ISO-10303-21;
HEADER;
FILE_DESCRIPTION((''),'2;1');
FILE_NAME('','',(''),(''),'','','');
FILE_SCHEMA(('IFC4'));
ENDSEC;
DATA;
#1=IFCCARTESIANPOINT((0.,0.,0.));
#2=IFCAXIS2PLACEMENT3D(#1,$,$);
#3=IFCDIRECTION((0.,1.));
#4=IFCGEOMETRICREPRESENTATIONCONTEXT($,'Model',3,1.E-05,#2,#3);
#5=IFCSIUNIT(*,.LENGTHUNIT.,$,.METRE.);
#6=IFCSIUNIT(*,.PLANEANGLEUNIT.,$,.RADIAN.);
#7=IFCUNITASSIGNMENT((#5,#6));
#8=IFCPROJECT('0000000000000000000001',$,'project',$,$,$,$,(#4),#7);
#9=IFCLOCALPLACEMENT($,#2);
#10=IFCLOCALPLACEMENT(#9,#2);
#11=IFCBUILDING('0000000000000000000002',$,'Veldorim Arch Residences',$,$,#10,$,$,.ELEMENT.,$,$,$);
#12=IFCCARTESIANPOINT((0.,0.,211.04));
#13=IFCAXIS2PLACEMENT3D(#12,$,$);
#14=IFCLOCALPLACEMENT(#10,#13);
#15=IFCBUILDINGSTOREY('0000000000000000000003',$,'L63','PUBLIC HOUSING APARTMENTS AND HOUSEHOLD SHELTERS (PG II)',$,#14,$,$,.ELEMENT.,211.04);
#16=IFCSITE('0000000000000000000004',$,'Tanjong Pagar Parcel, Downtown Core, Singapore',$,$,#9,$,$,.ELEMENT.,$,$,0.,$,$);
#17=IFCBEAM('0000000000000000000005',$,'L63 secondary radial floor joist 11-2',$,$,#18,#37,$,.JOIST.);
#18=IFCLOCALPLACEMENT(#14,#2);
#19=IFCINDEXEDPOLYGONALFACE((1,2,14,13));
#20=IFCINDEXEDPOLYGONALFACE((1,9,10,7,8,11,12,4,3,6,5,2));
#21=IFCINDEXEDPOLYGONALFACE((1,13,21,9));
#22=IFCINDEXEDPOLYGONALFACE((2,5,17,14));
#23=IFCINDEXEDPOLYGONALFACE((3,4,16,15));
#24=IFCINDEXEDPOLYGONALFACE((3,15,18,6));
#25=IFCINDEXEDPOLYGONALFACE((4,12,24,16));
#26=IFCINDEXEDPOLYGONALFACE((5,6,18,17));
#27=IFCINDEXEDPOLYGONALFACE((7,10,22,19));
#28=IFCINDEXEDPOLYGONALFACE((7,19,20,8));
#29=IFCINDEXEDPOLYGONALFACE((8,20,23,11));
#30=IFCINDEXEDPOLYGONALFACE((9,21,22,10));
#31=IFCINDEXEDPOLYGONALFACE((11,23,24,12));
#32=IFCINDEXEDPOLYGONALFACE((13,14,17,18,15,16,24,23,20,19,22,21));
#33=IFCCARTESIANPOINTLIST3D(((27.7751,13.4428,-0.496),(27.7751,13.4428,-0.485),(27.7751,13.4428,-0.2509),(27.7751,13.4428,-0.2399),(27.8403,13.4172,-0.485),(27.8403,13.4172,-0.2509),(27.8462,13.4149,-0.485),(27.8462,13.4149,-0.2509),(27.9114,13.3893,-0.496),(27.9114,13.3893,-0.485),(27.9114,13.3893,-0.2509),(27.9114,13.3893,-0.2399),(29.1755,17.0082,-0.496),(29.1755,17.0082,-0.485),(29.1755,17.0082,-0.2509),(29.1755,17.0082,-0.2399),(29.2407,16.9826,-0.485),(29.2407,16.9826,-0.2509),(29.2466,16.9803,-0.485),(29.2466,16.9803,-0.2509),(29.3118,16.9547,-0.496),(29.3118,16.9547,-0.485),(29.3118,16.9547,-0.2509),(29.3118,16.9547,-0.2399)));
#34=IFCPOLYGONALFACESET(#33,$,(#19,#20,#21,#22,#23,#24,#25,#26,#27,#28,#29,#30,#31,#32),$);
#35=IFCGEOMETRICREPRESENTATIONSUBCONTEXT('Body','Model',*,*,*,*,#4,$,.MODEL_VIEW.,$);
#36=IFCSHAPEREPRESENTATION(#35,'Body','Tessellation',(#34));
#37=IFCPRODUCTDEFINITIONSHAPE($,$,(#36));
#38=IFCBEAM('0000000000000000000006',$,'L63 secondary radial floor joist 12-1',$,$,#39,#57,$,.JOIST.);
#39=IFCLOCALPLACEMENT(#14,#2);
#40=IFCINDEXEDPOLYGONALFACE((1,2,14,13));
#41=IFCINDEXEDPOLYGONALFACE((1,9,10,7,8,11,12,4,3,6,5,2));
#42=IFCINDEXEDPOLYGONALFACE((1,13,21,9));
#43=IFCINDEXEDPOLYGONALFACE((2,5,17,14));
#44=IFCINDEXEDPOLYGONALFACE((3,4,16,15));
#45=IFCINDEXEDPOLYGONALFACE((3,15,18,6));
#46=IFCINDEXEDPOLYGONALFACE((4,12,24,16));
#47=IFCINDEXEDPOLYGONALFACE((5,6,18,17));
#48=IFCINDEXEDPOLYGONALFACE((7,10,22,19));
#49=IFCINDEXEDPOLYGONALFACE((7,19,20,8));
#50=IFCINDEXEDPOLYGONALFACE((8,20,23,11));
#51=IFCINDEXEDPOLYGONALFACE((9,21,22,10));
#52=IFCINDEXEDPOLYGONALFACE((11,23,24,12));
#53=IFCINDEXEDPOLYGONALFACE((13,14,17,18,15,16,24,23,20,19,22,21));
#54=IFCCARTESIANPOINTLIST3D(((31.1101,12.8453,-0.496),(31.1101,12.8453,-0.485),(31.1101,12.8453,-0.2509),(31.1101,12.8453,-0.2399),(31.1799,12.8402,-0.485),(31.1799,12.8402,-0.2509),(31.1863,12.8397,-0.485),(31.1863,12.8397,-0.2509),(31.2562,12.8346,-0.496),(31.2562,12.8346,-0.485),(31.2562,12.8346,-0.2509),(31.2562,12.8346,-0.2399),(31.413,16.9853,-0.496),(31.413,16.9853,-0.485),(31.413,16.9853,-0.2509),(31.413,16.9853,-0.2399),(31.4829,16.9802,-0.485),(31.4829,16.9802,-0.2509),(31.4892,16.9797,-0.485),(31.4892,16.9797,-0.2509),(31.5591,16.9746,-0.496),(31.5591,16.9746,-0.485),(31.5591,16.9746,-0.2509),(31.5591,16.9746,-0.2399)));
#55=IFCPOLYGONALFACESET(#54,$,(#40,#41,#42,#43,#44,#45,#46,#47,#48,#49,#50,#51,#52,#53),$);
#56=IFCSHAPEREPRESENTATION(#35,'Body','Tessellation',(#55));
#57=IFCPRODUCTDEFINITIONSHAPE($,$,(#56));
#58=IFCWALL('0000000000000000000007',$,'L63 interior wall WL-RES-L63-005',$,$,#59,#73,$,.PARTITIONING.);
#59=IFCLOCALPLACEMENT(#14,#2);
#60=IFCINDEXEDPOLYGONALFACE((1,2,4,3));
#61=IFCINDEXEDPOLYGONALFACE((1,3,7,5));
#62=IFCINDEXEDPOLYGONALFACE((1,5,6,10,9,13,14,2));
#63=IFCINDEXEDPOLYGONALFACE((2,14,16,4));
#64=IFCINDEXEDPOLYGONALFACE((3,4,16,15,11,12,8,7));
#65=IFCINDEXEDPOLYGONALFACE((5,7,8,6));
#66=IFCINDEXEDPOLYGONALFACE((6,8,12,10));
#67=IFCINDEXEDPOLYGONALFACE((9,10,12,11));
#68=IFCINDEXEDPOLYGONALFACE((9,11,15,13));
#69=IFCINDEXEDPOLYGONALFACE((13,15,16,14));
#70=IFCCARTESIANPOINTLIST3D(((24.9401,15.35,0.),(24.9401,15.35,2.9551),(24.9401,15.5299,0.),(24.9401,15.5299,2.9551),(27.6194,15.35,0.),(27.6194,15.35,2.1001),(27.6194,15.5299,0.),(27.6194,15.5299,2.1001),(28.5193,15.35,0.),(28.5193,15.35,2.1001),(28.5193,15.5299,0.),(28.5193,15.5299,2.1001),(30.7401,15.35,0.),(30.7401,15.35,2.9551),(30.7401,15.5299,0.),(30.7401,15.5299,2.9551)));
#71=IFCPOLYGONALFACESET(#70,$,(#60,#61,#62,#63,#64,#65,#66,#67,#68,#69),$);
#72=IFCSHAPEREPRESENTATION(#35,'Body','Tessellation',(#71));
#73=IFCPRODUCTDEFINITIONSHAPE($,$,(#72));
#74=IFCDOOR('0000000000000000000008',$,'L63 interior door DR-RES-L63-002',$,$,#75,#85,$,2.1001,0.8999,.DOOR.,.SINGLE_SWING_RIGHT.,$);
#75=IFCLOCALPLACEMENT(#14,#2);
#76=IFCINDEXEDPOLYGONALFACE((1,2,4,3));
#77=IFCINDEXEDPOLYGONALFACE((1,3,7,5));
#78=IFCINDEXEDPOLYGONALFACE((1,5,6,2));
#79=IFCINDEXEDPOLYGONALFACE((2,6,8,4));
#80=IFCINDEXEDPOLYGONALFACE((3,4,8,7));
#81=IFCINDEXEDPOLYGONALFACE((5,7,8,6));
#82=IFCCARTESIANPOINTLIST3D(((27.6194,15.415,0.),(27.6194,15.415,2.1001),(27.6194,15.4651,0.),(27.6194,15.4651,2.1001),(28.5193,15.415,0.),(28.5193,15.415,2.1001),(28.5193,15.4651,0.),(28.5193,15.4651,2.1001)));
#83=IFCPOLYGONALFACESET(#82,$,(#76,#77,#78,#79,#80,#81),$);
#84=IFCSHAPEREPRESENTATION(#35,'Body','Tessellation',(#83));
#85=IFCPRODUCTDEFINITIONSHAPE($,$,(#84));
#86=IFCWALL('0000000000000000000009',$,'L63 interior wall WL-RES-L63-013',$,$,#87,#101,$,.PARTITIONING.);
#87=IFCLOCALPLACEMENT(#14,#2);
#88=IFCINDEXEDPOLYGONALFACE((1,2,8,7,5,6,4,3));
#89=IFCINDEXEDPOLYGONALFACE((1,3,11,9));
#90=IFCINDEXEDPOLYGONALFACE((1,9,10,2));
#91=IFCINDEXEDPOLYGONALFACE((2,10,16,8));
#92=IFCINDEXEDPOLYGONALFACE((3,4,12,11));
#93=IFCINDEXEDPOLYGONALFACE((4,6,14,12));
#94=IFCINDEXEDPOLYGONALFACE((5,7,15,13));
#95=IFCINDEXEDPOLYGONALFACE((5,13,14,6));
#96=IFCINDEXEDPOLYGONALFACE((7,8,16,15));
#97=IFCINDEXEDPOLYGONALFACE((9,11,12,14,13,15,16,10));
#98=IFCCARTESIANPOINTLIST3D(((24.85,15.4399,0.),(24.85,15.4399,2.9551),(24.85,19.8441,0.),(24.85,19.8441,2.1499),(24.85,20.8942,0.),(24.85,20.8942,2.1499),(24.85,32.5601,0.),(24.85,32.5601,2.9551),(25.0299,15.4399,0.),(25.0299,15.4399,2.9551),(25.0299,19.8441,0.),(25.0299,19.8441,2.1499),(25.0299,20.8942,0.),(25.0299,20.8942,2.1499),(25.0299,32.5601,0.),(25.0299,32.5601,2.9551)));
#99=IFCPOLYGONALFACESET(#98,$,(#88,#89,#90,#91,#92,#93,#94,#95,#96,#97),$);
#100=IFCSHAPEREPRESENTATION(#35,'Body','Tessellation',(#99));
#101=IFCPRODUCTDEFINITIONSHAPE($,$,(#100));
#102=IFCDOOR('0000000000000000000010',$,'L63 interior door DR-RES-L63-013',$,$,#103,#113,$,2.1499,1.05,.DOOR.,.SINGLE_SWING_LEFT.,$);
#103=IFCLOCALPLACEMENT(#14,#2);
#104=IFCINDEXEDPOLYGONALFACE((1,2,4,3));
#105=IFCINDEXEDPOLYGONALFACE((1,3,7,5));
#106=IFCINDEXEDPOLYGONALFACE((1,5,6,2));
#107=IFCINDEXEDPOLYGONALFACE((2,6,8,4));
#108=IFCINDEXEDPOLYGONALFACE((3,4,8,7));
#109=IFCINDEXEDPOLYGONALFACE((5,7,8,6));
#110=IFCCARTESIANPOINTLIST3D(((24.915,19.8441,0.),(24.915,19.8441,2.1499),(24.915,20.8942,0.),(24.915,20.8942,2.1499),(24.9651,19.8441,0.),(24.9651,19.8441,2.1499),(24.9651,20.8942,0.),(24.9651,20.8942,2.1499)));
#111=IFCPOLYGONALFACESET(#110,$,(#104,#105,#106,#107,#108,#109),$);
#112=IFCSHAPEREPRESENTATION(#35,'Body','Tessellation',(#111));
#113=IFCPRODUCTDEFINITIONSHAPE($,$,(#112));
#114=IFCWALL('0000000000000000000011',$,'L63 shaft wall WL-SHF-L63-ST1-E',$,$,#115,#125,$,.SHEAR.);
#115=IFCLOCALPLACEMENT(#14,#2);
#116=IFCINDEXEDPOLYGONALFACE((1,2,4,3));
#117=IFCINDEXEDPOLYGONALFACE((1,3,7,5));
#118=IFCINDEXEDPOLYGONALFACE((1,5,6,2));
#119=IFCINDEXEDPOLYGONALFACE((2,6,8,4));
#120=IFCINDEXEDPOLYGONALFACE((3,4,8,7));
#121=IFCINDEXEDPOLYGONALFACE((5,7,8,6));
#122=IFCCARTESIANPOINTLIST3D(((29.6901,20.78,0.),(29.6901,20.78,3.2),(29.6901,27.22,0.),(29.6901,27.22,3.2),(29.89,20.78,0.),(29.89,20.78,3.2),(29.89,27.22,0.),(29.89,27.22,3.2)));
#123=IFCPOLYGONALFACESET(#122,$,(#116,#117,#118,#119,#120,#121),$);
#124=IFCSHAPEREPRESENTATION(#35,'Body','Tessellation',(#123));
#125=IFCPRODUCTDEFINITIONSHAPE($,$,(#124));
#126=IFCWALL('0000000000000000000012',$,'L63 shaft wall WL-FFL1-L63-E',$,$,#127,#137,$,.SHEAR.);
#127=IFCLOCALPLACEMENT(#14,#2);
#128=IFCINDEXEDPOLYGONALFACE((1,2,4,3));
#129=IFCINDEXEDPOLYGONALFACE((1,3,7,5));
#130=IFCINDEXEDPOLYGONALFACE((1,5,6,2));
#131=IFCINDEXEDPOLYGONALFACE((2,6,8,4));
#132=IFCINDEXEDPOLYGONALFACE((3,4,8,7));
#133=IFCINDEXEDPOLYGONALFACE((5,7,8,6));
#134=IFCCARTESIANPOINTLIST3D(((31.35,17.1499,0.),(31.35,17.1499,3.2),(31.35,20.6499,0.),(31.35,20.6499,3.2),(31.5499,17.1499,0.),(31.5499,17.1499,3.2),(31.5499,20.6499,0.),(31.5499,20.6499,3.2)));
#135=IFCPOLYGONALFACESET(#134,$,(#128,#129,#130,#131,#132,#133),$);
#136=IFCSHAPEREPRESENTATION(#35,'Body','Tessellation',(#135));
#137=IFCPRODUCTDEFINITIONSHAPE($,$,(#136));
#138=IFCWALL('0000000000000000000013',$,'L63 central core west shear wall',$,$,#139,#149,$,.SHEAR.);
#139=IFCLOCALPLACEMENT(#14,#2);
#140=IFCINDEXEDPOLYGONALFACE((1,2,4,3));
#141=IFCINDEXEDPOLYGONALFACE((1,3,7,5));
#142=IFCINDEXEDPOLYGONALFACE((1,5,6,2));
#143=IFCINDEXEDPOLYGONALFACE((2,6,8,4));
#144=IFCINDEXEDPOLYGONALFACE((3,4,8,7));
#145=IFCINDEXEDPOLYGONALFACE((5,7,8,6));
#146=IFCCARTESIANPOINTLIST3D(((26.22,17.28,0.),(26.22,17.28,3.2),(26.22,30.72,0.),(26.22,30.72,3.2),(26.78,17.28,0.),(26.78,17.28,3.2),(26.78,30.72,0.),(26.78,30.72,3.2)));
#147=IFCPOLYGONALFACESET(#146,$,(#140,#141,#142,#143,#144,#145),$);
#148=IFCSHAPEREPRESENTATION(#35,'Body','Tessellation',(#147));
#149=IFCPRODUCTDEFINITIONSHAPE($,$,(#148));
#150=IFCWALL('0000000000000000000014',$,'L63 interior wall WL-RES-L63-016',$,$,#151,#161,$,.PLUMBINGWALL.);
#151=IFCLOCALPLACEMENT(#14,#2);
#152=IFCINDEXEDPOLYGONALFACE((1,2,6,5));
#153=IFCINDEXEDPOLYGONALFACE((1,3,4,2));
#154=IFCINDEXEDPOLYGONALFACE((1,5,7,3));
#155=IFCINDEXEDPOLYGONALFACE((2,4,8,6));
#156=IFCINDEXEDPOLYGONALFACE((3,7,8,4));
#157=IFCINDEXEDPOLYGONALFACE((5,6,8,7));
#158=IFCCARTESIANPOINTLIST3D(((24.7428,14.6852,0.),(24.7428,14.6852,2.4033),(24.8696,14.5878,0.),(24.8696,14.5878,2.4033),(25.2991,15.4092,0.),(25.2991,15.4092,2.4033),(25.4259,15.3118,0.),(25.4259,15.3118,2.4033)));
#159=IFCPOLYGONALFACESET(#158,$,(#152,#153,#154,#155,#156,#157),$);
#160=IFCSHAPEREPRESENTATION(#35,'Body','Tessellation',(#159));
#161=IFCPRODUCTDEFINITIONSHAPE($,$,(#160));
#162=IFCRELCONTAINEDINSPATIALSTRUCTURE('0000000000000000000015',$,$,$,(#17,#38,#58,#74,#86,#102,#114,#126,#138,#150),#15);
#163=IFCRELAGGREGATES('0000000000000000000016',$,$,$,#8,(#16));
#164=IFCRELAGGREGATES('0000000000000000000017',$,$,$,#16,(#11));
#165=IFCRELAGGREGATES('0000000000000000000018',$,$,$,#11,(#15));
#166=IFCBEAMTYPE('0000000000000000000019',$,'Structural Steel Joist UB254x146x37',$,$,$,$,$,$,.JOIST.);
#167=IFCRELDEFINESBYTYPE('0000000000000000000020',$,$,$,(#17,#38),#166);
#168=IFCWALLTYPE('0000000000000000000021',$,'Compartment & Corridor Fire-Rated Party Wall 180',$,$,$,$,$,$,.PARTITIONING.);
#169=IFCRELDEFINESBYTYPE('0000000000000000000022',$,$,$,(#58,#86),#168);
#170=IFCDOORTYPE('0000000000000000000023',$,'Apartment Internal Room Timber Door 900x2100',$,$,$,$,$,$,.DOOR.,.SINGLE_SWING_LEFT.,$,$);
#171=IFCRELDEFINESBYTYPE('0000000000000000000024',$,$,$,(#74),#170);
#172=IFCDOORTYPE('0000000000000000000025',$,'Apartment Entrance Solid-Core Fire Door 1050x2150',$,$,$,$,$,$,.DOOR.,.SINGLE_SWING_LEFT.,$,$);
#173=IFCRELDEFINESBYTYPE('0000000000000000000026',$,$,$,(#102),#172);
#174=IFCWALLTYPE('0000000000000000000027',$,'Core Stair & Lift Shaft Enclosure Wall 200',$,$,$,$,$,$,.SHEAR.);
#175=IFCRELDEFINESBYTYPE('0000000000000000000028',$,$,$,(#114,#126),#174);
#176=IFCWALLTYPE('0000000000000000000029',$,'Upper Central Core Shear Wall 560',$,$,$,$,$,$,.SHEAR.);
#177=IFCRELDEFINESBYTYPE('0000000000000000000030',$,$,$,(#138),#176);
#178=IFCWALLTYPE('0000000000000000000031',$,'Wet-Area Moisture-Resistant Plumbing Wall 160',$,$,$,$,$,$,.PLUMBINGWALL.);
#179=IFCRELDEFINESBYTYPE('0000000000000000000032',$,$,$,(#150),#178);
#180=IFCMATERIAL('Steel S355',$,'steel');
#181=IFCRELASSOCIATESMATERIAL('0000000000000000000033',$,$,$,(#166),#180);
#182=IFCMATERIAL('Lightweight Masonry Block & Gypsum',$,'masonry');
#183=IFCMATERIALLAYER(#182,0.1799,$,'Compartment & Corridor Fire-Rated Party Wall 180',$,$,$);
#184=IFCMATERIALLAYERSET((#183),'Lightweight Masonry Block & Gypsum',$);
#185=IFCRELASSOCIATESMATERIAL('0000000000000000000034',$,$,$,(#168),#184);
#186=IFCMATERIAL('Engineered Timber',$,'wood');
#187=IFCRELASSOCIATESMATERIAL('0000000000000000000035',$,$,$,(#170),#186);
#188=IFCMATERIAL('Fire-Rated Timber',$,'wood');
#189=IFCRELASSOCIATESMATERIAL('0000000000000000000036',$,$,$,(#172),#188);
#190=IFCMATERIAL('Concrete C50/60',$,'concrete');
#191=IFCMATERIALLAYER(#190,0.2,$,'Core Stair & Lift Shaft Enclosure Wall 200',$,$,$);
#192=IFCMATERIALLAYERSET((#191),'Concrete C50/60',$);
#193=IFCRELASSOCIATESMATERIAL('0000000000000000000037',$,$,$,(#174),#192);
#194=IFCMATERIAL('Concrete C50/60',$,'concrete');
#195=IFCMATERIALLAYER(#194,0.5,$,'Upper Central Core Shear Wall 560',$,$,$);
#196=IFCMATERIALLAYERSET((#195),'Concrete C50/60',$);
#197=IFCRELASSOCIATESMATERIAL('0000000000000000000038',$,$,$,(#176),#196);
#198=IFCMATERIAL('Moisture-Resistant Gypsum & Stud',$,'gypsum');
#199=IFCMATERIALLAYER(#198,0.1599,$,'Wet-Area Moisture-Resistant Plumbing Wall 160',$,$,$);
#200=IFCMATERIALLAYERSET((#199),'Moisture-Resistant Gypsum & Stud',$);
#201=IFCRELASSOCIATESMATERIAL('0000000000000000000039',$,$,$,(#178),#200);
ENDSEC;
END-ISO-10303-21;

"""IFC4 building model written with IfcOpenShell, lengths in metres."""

from ifc_helpers import new_model, si_unit, direction, frame, frame_2d, origin, origin_2d, place, context, subcontext, project, spatial, rectangle, i_section, extrude, material, layer, layer_set, material_profile, profile_set, type_object, element, fill, save


model = new_model("IFC4")

# Units and contexts
model_context = context("Model", 3, precision=1e-05, world=origin(), true_north=direction((0.0, 1.0)))
body_context = subcontext(model_context, "Body", "Model", "MODEL_VIEW")
ifc_project = project(units=[si_unit("LENGTHUNIT", "METRE"), si_unit("PLANEANGLEUNIT", "RADIAN")], contexts=[model_context])

# Site, building, storey
site_placement = place(None, origin())
site = spatial("IfcSite", under=ifc_project, at=site_placement, Name="Tanjong Pagar Parcel, Downtown Core, Singapore", CompositionType="ELEMENT", RefElevation=0.0)
building_placement = place(site_placement, origin())
building = spatial("IfcBuilding", under=site, at=building_placement, Name="Veldorim Arch Residences", CompositionType="ELEMENT")
storey_placement = place(building_placement, frame((0.0, 0.0, 211.04)))
storey = spatial("IfcBuildingStorey", under=building, at=storey_placement, Name="L63", Description="PUBLIC HOUSING APARTMENTS AND HOUSEHOLD SHELTERS (PG II)", CompositionType="ELEMENT", Elevation=211.04)

# Beams
ifc_material_1 = material(Name="Steel S355", Category="steel")
ifc_material_profile_1 = material_profile(ifc_material_1, i_section(OverallWidth=0.1465, OverallDepth=0.2561, WebThickness=0.0063, FlangeThickness=0.011, at=origin_2d()), Name="UB254x146x37")
ifc_profile_set_1 = profile_set([ifc_material_profile_1], Name="Steel S355")
beam_type_1 = type_object("IfcBeamType", Name="Structural Steel Joist UB254x146x37", PredefinedType="JOIST", material=ifc_profile_set_1)
beam_1_placement = place(storey_placement, frame((29.2437, 16.9814, -0.3679), z_axis=(-0.365581, -0.930779, 0.0), x_axis=(0.930779, -0.365581, 0.0)))
element("IfcBeam", 1, at=beam_1_placement, inside=storey, type_object=beam_type_1, Name="L63 secondary radial floor joist 11-2", PredefinedType="JOIST", context=body_context, shape_type="SweptSolid", body=[
    extrude(i_section(OverallWidth=0.1465, OverallDepth=0.2561, WebThickness=0.0063, FlangeThickness=0.011, at=origin_2d()), origin(), (0.0, 0.0, 1.0), 3.8306),
])
beam_2_placement = place(storey_placement, frame((31.4861, 16.98, -0.3679), z_axis=(-0.072986, -0.997333, 0.0), x_axis=(0.997333, -0.072986, 0.0)))
element("IfcBeam", 2, at=beam_2_placement, inside=storey, type_object=beam_type_1, Name="L63 secondary radial floor joist 12-1", PredefinedType="JOIST", context=body_context, shape_type="SweptSolid", body=[
    extrude(i_section(OverallWidth=0.1465, OverallDepth=0.2561, WebThickness=0.0063, FlangeThickness=0.011, at=origin_2d()), origin(), (0.0, 0.0, 1.0), 4.1511),
])

# Walls, openings, doors
ifc_material_2 = material(Name="Lightweight Masonry Block & Gypsum", Category="masonry")
ifc_layer_1 = layer(ifc_material_2, 0.1799, Name="Compartment & Corridor Fire-Rated Party Wall 180")
ifc_layer_set_1 = layer_set([ifc_layer_1], Name="Lightweight Masonry Block & Gypsum")
wall_type_1 = type_object("IfcWallType", Name="Compartment & Corridor Fire-Rated Party Wall 180", PredefinedType="PARTITIONING", material=ifc_layer_set_1)
wall_1_placement = place(storey_placement, frame((30.74, 15.4399, 0.0), z_axis=(0.0, 0.0, 1.0), x_axis=(-1.0, 0.0, 0.0)))
wall_1 = element("IfcWall", 3, at=wall_1_placement, inside=storey, type_object=wall_type_1, Name="L63 interior wall WL-RES-L63-005", PredefinedType="PARTITIONING", context=body_context, shape_type="SweptSolid", body=[
    extrude(rectangle(XDim=5.8, YDim=0.1799, at=frame_2d((2.8999, 0.0))), origin(), (0.0, 0.0, 1.0), 2.9551),
])
opening_1_placement = place(wall_1_placement, frame((2.2207, 0.0, 0.0)))
opening_1 = element("IfcOpeningElement", 4, at=opening_1_placement, cuts=wall_1, PredefinedType="OPENING", context=body_context, shape_type="SweptSolid", body=[
    extrude(rectangle(XDim=0.8999, YDim=2.1001, at=frame_2d((0.45, 1.05))), frame((0.0, 0.0999, 0.0), z_axis=(0.0, -1.0, 0.0), x_axis=(1.0, 0.0, 0.0)), (0.0, 0.0, 1.0), 0.2),
])
ifc_material_3 = material(Name="Engineered Timber", Category="wood")
door_type_1 = type_object("IfcDoorType", Name="Apartment Internal Room Timber Door 900x2100", OperationType="SINGLE_SWING_LEFT", PredefinedType="DOOR", material=ifc_material_3)
door_1_placement = place(opening_1_placement, origin())
door_1 = element("IfcDoor", 5, at=door_1_placement, inside=storey, type_object=door_type_1, Name="L63 interior door DR-RES-L63-002", OperationType="SINGLE_SWING_RIGHT", OverallHeight=2.1001, OverallWidth=0.8999, PredefinedType="DOOR", context=body_context, shape_type="SweptSolid", body=[
    extrude(rectangle(XDim=0.8999, YDim=2.1001, at=frame_2d((0.45, 1.05))), frame((0.0, 0.0249, 0.0), z_axis=(0.0, -1.0, 0.0), x_axis=(1.0, 0.0, 0.0)), (0.0, 0.0, 1.0), 0.05),
])
fill(opening_1, door_1)
wall_2_placement = place(storey_placement, frame((24.9399, 15.4399, 0.0), z_axis=(0.0, 0.0, 1.0), x_axis=(0.0, 1.0, 0.0)))
wall_2 = element("IfcWall", 6, at=wall_2_placement, inside=storey, type_object=wall_type_1, Name="L63 interior wall WL-RES-L63-013", PredefinedType="PARTITIONING", context=body_context, shape_type="SweptSolid", body=[
    extrude(rectangle(XDim=17.1201, YDim=0.1799, at=frame_2d((8.5601, 0.0))), origin(), (0.0, 0.0, 1.0), 2.9551),
])
opening_2_placement = place(wall_2_placement, frame((4.4043, 0.0, 0.0)))
opening_2 = element("IfcOpeningElement", 7, at=opening_2_placement, cuts=wall_2, PredefinedType="OPENING", context=body_context, shape_type="SweptSolid", body=[
    extrude(rectangle(XDim=1.05, YDim=2.1499, at=frame_2d((0.5249, 1.075))), frame((0.0, 0.0999, 0.0), z_axis=(0.0, -1.0, 0.0), x_axis=(1.0, 0.0, 0.0)), (0.0, 0.0, 1.0), 0.2),
])
ifc_material_4 = material(Name="Fire-Rated Timber", Category="wood")
door_type_2 = type_object("IfcDoorType", Name="Apartment Entrance Solid-Core Fire Door 1050x2150", OperationType="SINGLE_SWING_LEFT", PredefinedType="DOOR", material=ifc_material_4)
door_2_placement = place(opening_2_placement, origin())
door_2 = element("IfcDoor", 8, at=door_2_placement, inside=storey, type_object=door_type_2, Name="L63 interior door DR-RES-L63-013", OperationType="SINGLE_SWING_LEFT", OverallHeight=2.1499, OverallWidth=1.05, PredefinedType="DOOR", context=body_context, shape_type="SweptSolid", body=[
    extrude(rectangle(XDim=1.05, YDim=2.1499, at=frame_2d((0.5249, 1.075))), frame((0.0, 0.0249, 0.0), z_axis=(0.0, -1.0, 0.0), x_axis=(1.0, 0.0, 0.0)), (0.0, 0.0, 1.0), 0.05),
])
fill(opening_2, door_2)

# Wall
ifc_material_5 = material(Name="Concrete C50/60", Category="concrete")
ifc_layer_2 = layer(ifc_material_5, 0.2, Name="Core Stair & Lift Shaft Enclosure Wall 200")
ifc_layer_set_2 = layer_set([ifc_layer_2], Name="Concrete C50/60")
wall_type_2 = type_object("IfcWallType", Name="Core Stair & Lift Shaft Enclosure Wall 200", PredefinedType="SHEAR", material=ifc_layer_set_2)
wall_3_placement = place(storey_placement, frame((29.79, 20.78, 0.0), z_axis=(0.0, 0.0, 1.0), x_axis=(0.0, 1.0, 0.0)))
element("IfcWall", 9, at=wall_3_placement, inside=storey, type_object=wall_type_2, Name="L63 shaft wall WL-SHF-L63-ST1-E", PredefinedType="SHEAR", context=body_context, shape_type="SweptSolid", body=[
    extrude(rectangle(XDim=6.4399, YDim=0.2, at=frame_2d((3.22, 0.0))), origin(), (0.0, 0.0, 1.0), 3.2),
])

# Wall
wall_4_placement = place(storey_placement, frame((31.45, 17.1499, 0.0), z_axis=(0.0, 0.0, 1.0), x_axis=(0.0, 1.0, 0.0)))
element("IfcWall", 10, at=wall_4_placement, inside=storey, type_object=wall_type_2, Name="L63 shaft wall WL-FFL1-L63-E", PredefinedType="SHEAR", context=body_context, shape_type="SweptSolid", body=[
    extrude(rectangle(XDim=3.5, YDim=0.2, at=frame_2d((1.75, 0.0))), origin(), (0.0, 0.0, 1.0), 3.2),
])

# Shared definitions
ifc_material_6 = material(Name="Concrete C50/60", Category="concrete")
ifc_layer_3 = layer(ifc_material_6, 0.5, Name="Upper Central Core Shear Wall 560")
ifc_layer_set_3 = layer_set([ifc_layer_3], Name="Concrete C50/60")
wall_type_3 = type_object("IfcWallType", Name="Upper Central Core Shear Wall 560", PredefinedType="SHEAR", material=ifc_layer_set_3)

# Walls
wall_5_placement = place(storey_placement, frame((26.5, 17.28, 0.0), z_axis=(0.0, 0.0, 1.0), x_axis=(0.0, 1.0, 0.0)))
element("IfcWall", 11, at=wall_5_placement, inside=storey, type_object=wall_type_3, Name="L63 central core west shear wall", PredefinedType="SHEAR", context=body_context, shape_type="SweptSolid", body=[
    extrude(rectangle(XDim=13.4399, YDim=0.5601, at=frame_2d((6.72, 0.0))), origin(), (0.0, 0.0, 1.0), 3.2),
])
ifc_material_7 = material(Name="Moisture-Resistant Gypsum & Stud", Category="gypsum")
ifc_layer_4 = layer(ifc_material_7, 0.1599, Name="Wet-Area Moisture-Resistant Plumbing Wall 160")
ifc_layer_set_4 = layer_set([ifc_layer_4], Name="Moisture-Resistant Gypsum & Stud")
wall_type_4 = type_object("IfcWallType", Name="Wet-Area Moisture-Resistant Plumbing Wall 160", PredefinedType="PLUMBINGWALL", material=ifc_layer_set_4)
wall_6_placement = place(storey_placement, frame((24.8062, 14.6365, 0.0), z_axis=(0.0, 0.0, 1.0), x_axis=(0.609284, 0.792952, 0.0)))
element("IfcWall", 12, at=wall_6_placement, inside=storey, type_object=wall_type_4, Name="L63 interior wall WL-RES-L63-016", PredefinedType="PLUMBINGWALL", context=body_context, shape_type="SweptSolid", body=[
    extrude(rectangle(XDim=0.9131, YDim=0.1599, at=frame_2d((0.4565, 0.0))), origin(), (0.0, 0.0, 1.0), 2.4033),
])

save(model, "model.ifc")
